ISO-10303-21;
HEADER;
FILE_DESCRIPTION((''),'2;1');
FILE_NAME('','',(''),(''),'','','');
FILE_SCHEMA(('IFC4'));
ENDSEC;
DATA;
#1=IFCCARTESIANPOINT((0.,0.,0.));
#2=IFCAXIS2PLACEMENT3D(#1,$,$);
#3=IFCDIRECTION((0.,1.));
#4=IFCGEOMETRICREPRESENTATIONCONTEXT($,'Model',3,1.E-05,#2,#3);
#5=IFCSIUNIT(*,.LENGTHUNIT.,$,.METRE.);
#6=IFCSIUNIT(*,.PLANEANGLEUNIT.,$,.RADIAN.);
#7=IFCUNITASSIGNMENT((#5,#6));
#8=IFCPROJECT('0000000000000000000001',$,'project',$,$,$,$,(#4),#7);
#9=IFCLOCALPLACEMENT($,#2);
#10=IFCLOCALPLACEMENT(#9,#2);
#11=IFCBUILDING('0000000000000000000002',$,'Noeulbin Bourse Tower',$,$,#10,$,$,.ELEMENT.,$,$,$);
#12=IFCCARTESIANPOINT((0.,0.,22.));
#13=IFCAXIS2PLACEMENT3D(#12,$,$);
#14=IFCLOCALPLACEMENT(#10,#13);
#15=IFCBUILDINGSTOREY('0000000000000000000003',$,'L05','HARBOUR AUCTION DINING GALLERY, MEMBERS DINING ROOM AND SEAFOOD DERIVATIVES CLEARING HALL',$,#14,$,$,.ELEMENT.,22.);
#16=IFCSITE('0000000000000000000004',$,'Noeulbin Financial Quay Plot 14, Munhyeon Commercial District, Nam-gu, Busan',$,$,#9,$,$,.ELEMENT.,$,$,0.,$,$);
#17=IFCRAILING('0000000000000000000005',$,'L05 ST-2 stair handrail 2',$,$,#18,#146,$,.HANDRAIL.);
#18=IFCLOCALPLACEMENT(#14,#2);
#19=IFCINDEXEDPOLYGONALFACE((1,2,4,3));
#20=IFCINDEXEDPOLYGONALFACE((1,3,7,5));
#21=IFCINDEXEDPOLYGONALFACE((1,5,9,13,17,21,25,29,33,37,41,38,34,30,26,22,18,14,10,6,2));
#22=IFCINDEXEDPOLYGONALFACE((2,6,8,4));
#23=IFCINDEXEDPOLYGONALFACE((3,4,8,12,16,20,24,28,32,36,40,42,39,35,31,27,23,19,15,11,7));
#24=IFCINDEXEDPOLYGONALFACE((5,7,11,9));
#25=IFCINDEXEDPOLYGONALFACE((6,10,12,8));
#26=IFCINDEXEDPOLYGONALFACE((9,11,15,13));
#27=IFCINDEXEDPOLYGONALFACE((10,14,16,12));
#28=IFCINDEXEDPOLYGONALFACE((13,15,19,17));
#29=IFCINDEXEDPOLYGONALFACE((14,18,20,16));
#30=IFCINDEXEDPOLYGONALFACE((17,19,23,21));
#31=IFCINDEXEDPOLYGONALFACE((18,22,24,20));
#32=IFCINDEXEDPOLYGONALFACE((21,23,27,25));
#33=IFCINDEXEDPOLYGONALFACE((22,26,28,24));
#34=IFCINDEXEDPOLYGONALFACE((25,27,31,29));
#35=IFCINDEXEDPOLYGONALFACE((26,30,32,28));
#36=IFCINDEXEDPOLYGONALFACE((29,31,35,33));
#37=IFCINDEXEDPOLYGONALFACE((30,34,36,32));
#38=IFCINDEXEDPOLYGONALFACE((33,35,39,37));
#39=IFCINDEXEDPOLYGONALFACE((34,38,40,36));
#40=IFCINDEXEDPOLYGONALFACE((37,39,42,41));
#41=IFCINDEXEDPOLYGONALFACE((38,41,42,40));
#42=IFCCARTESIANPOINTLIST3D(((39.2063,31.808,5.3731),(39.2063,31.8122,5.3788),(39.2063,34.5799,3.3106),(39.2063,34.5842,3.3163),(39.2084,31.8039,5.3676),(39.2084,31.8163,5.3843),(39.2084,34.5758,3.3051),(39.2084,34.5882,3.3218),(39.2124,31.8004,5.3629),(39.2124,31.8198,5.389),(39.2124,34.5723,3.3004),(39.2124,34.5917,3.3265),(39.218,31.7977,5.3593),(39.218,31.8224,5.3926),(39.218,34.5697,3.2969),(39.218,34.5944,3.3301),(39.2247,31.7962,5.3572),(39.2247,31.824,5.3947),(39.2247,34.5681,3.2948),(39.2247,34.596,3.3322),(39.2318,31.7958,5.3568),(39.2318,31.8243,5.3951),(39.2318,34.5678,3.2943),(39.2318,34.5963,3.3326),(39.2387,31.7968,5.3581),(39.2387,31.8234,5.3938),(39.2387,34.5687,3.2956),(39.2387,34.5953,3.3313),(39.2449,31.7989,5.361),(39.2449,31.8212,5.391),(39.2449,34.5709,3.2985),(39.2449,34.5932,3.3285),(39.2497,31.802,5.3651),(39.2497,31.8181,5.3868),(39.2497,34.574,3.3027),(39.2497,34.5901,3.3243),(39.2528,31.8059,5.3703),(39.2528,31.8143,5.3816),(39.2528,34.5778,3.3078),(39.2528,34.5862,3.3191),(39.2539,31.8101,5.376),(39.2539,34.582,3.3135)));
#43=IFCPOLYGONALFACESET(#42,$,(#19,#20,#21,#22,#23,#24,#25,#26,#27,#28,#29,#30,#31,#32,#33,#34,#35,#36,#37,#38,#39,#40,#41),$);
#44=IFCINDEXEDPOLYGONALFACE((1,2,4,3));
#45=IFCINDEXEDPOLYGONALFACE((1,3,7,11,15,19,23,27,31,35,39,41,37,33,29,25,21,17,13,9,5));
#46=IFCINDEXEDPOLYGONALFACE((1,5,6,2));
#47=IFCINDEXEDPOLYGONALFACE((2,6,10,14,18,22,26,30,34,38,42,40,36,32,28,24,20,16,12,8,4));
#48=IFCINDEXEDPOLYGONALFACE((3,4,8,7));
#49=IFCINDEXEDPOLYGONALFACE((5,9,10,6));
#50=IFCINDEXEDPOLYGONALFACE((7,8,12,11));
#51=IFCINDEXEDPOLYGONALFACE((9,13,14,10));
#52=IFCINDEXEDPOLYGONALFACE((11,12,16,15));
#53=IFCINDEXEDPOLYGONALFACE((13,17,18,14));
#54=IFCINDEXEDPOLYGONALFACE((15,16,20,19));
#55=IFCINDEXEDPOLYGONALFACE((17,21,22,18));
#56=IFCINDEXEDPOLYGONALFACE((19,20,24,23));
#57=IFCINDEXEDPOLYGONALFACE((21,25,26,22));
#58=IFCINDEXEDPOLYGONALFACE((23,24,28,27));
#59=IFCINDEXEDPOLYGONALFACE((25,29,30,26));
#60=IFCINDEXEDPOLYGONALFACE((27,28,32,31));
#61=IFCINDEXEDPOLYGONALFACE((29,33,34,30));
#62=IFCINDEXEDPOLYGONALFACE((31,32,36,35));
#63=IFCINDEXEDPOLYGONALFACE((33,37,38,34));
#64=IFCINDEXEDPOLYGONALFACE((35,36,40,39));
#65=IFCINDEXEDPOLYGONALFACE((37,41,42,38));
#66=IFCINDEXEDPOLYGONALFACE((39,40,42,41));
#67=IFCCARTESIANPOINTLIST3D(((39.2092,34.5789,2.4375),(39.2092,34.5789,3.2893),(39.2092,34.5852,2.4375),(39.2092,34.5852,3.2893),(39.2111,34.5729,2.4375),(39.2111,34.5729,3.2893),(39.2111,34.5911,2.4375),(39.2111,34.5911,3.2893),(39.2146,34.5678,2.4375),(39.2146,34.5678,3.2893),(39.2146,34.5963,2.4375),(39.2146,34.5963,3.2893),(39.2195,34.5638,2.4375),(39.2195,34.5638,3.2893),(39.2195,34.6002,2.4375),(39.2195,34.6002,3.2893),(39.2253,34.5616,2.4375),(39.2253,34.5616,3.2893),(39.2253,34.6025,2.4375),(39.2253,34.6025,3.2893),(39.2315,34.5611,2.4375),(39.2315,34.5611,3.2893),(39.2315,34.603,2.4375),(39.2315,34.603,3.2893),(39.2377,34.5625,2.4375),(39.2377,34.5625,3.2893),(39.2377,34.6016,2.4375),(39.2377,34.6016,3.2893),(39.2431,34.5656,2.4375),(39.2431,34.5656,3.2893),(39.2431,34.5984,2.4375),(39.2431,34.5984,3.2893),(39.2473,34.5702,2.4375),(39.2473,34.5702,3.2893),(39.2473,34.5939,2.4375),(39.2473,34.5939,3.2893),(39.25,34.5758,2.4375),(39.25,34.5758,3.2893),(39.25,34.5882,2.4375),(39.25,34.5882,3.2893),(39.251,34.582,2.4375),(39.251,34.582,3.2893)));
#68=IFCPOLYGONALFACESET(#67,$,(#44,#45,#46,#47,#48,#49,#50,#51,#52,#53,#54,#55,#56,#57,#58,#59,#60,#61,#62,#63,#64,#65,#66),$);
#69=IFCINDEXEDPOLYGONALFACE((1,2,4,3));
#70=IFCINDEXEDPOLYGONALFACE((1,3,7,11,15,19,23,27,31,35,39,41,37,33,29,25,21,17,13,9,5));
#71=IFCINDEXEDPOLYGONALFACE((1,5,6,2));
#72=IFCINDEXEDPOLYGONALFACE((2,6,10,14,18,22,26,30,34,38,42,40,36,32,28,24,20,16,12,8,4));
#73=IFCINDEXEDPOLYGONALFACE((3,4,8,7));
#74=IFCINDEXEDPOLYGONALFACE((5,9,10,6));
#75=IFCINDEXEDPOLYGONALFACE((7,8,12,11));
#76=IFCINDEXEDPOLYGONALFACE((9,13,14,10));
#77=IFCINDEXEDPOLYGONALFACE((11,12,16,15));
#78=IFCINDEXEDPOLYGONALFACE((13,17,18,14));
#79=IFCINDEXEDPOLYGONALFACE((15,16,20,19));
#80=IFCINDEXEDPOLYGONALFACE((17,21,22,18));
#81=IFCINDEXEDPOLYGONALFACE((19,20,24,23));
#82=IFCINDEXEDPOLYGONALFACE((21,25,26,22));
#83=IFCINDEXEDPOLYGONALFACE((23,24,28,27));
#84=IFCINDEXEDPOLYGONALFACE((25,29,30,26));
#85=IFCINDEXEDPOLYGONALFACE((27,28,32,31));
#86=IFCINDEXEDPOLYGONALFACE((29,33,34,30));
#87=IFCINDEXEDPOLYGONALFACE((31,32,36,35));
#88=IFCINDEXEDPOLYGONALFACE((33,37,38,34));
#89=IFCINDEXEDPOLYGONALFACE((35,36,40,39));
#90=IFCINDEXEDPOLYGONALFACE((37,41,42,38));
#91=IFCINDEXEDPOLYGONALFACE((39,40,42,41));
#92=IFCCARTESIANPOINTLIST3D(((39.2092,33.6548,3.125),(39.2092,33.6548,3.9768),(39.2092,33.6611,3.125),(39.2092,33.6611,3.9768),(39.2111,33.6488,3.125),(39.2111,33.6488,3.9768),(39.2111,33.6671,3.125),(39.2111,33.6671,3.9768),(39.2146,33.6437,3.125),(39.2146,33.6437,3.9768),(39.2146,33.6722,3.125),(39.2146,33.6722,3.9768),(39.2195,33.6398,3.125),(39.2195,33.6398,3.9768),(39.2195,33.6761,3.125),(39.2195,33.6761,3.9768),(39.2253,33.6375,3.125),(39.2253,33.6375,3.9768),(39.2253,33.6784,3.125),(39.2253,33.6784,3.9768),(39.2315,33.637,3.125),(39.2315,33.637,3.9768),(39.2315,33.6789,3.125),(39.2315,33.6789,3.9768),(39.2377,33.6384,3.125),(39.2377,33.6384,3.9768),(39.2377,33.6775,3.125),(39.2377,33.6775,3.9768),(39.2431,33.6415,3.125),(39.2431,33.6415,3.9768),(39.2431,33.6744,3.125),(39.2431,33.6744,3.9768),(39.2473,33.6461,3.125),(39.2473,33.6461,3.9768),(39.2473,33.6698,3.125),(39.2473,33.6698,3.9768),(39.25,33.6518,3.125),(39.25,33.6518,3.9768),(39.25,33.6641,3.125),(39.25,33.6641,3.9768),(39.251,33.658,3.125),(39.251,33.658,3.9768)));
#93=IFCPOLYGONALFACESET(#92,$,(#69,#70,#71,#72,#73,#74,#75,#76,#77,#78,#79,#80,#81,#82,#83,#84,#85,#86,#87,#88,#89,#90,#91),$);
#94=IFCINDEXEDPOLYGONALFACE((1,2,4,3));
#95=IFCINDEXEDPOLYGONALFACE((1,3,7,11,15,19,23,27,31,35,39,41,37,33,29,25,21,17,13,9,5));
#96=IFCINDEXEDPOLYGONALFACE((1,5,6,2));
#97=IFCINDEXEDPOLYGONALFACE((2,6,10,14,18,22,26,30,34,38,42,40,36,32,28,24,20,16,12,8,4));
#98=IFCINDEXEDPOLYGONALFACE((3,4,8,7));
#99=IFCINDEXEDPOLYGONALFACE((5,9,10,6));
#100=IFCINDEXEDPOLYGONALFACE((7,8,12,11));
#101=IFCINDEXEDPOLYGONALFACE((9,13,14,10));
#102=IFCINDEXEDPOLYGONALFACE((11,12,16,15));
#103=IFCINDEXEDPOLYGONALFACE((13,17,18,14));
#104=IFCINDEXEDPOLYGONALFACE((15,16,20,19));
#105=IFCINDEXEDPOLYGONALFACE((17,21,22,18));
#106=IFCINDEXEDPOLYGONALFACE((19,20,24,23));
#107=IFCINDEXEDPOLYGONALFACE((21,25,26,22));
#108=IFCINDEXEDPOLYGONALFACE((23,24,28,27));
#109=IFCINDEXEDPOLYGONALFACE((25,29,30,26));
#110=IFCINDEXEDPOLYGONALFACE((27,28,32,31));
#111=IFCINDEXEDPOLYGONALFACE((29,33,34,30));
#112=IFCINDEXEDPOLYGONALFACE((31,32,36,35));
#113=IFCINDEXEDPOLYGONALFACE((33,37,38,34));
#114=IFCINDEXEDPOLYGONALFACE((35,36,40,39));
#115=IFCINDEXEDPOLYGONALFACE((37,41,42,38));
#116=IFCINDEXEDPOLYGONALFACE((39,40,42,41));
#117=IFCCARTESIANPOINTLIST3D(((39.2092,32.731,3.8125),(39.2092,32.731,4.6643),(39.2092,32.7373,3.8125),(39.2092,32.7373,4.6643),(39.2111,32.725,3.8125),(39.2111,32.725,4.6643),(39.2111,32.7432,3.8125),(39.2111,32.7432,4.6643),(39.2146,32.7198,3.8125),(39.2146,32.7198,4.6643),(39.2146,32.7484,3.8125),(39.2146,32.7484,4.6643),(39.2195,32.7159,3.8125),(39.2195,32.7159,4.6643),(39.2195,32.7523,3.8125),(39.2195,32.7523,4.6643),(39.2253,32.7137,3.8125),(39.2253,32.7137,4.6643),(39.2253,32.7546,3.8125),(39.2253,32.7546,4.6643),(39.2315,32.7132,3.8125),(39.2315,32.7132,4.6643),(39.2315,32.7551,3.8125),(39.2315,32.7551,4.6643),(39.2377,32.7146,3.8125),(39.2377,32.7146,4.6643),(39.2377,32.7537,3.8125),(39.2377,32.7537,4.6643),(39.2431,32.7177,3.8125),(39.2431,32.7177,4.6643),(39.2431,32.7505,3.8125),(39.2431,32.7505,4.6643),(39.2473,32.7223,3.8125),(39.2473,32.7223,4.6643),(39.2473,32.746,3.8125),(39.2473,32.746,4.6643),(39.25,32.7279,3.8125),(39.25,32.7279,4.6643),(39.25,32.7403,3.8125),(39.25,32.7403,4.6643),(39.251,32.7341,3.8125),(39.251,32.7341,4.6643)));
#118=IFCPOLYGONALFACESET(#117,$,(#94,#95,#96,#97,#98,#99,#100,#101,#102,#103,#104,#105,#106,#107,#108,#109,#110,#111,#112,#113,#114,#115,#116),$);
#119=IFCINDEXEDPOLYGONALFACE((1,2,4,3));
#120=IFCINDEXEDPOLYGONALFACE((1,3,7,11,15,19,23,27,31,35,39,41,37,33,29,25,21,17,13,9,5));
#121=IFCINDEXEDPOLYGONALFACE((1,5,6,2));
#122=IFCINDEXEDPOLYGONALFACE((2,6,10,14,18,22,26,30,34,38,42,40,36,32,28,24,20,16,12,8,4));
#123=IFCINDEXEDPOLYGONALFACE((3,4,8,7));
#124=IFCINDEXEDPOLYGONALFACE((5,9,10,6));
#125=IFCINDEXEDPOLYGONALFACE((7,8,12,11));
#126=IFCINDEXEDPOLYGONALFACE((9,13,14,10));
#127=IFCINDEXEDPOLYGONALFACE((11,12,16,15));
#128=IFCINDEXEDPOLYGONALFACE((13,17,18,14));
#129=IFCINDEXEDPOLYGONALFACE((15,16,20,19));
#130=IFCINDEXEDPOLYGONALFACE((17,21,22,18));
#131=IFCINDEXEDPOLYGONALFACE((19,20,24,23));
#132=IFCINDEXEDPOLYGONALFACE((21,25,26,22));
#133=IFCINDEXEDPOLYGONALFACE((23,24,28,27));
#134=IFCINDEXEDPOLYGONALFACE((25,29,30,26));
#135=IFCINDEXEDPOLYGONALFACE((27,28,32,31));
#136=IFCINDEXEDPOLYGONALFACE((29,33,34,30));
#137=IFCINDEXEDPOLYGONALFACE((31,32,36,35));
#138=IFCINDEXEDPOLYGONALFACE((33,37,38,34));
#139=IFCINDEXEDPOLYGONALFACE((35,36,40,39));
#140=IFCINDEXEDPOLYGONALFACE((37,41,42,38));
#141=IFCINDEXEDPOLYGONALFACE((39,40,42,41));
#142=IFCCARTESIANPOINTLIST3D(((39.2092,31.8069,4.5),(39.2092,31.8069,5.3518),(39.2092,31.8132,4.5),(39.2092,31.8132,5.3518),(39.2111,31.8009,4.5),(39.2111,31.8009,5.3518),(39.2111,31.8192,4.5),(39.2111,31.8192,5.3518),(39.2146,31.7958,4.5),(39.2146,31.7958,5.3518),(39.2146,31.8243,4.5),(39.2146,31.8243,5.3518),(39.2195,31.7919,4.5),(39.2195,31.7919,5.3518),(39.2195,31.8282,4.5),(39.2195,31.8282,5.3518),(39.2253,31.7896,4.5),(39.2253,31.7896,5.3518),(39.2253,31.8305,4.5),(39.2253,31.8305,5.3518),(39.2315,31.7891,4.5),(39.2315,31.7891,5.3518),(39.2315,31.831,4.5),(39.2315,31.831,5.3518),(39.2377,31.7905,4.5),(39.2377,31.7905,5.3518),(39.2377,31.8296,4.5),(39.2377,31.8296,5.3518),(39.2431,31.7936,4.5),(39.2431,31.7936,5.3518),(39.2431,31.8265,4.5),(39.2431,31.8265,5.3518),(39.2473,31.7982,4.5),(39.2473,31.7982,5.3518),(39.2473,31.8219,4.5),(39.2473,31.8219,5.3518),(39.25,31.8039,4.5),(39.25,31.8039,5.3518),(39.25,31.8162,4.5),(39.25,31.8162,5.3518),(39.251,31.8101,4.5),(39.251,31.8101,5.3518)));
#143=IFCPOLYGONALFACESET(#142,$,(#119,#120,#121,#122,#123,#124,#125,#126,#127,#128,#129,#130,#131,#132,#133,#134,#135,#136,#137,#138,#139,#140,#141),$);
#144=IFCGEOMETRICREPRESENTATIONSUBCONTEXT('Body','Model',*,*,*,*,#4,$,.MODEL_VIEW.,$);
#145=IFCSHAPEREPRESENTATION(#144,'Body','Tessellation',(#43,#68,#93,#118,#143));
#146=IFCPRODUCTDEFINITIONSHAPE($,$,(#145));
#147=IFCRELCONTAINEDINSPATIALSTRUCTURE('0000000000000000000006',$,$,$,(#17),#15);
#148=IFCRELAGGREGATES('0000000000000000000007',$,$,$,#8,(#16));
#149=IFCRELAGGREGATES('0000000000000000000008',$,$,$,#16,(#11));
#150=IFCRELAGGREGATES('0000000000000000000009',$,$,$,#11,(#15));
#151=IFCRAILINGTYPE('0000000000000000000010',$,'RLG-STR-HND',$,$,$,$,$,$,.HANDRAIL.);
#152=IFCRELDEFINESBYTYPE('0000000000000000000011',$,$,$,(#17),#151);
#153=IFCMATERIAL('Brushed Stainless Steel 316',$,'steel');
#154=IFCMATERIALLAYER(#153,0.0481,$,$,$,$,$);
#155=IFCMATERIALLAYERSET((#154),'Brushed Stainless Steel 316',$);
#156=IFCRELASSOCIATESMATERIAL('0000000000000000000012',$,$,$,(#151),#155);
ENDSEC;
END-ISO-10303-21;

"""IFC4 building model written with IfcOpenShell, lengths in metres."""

from ifc_helpers import new_model, si_unit, direction, frame, origin, origin_2d, place, context, subcontext, project, spatial, circle, extrude, material, layer, layer_set, type_object, element, save


model = new_model("IFC4")

# Units and contexts
model_context = context("Model", 3, precision=1e-05, world=origin(), true_north=direction((0.0, 1.0)))
body_context = subcontext(model_context, "Body", "Model", "MODEL_VIEW")
ifc_project = project(units=[si_unit("LENGTHUNIT", "METRE"), si_unit("PLANEANGLEUNIT", "RADIAN")], contexts=[model_context])

# Site, building, storey
site_placement = place(None, origin())
site = spatial("IfcSite", under=ifc_project, at=site_placement, Name="Noeulbin Financial Quay Plot 14, Munhyeon Commercial District, Nam-gu, Busan", CompositionType="ELEMENT", RefElevation=0.0)
building_placement = place(site_placement, origin())
building = spatial("IfcBuilding", under=site, at=building_placement, Name="Noeulbin Bourse Tower", CompositionType="ELEMENT")
storey_placement = place(building_placement, frame((0.0, 0.0, 22.0)))
storey = spatial("IfcBuildingStorey", under=building, at=storey_placement, Name="L05", Description="HARBOUR AUCTION DINING GALLERY, MEMBERS DINING ROOM AND SEAFOOD DERIVATIVES CLEARING HALL", CompositionType="ELEMENT", Elevation=22.0)

# Shared definitions
ifc_material_1 = material(Name="Brushed Stainless Steel 316", Category="steel")

# Railing
ifc_layer_1 = layer(ifc_material_1, 0.0481)
ifc_layer_set_1 = layer_set([ifc_layer_1], Name="Brushed Stainless Steel 316")
railing_type_1 = type_object("IfcRailingType", Name="RLG-STR-HND", PredefinedType="HANDRAIL", material=ifc_layer_set_1)
railing_1_placement = place(storey_placement, frame((39.23, 34.582, 2.4375)))
element("IfcRailing", 1, at=railing_1_placement, inside=storey, type_object=railing_type_1, Name="L05 ST-2 stair handrail 2", PredefinedType="HANDRAIL", context=body_context, shape_type="SweptSolid", body=[
    extrude(circle(Radius=0.0239, at=origin_2d()), frame((0.0, 0.0, 0.876), z_axis=(0.0, -0.802284, 0.596943), x_axis=(1.0, 0.0, 0.0)), (0.0, 0.0, 1.0), 3.4551),
    extrude(circle(Radius=0.021, at=origin_2d()), origin(), (0.0, 0.0, 1.0), 0.8518),
    extrude(circle(Radius=0.021, at=origin_2d()), frame((0.0, -0.9241, 0.6875)), (0.0, 0.0, 1.0), 0.8518),
    extrude(circle(Radius=0.021, at=origin_2d()), frame((0.0, -1.8479, 1.375)), (0.0, 0.0, 1.0), 0.8518),
    extrude(circle(Radius=0.021, at=origin_2d()), frame((0.0, -2.772, 2.0625)), (0.0, 0.0, 1.0), 0.8518),
])

save(model, "model.ifc")
